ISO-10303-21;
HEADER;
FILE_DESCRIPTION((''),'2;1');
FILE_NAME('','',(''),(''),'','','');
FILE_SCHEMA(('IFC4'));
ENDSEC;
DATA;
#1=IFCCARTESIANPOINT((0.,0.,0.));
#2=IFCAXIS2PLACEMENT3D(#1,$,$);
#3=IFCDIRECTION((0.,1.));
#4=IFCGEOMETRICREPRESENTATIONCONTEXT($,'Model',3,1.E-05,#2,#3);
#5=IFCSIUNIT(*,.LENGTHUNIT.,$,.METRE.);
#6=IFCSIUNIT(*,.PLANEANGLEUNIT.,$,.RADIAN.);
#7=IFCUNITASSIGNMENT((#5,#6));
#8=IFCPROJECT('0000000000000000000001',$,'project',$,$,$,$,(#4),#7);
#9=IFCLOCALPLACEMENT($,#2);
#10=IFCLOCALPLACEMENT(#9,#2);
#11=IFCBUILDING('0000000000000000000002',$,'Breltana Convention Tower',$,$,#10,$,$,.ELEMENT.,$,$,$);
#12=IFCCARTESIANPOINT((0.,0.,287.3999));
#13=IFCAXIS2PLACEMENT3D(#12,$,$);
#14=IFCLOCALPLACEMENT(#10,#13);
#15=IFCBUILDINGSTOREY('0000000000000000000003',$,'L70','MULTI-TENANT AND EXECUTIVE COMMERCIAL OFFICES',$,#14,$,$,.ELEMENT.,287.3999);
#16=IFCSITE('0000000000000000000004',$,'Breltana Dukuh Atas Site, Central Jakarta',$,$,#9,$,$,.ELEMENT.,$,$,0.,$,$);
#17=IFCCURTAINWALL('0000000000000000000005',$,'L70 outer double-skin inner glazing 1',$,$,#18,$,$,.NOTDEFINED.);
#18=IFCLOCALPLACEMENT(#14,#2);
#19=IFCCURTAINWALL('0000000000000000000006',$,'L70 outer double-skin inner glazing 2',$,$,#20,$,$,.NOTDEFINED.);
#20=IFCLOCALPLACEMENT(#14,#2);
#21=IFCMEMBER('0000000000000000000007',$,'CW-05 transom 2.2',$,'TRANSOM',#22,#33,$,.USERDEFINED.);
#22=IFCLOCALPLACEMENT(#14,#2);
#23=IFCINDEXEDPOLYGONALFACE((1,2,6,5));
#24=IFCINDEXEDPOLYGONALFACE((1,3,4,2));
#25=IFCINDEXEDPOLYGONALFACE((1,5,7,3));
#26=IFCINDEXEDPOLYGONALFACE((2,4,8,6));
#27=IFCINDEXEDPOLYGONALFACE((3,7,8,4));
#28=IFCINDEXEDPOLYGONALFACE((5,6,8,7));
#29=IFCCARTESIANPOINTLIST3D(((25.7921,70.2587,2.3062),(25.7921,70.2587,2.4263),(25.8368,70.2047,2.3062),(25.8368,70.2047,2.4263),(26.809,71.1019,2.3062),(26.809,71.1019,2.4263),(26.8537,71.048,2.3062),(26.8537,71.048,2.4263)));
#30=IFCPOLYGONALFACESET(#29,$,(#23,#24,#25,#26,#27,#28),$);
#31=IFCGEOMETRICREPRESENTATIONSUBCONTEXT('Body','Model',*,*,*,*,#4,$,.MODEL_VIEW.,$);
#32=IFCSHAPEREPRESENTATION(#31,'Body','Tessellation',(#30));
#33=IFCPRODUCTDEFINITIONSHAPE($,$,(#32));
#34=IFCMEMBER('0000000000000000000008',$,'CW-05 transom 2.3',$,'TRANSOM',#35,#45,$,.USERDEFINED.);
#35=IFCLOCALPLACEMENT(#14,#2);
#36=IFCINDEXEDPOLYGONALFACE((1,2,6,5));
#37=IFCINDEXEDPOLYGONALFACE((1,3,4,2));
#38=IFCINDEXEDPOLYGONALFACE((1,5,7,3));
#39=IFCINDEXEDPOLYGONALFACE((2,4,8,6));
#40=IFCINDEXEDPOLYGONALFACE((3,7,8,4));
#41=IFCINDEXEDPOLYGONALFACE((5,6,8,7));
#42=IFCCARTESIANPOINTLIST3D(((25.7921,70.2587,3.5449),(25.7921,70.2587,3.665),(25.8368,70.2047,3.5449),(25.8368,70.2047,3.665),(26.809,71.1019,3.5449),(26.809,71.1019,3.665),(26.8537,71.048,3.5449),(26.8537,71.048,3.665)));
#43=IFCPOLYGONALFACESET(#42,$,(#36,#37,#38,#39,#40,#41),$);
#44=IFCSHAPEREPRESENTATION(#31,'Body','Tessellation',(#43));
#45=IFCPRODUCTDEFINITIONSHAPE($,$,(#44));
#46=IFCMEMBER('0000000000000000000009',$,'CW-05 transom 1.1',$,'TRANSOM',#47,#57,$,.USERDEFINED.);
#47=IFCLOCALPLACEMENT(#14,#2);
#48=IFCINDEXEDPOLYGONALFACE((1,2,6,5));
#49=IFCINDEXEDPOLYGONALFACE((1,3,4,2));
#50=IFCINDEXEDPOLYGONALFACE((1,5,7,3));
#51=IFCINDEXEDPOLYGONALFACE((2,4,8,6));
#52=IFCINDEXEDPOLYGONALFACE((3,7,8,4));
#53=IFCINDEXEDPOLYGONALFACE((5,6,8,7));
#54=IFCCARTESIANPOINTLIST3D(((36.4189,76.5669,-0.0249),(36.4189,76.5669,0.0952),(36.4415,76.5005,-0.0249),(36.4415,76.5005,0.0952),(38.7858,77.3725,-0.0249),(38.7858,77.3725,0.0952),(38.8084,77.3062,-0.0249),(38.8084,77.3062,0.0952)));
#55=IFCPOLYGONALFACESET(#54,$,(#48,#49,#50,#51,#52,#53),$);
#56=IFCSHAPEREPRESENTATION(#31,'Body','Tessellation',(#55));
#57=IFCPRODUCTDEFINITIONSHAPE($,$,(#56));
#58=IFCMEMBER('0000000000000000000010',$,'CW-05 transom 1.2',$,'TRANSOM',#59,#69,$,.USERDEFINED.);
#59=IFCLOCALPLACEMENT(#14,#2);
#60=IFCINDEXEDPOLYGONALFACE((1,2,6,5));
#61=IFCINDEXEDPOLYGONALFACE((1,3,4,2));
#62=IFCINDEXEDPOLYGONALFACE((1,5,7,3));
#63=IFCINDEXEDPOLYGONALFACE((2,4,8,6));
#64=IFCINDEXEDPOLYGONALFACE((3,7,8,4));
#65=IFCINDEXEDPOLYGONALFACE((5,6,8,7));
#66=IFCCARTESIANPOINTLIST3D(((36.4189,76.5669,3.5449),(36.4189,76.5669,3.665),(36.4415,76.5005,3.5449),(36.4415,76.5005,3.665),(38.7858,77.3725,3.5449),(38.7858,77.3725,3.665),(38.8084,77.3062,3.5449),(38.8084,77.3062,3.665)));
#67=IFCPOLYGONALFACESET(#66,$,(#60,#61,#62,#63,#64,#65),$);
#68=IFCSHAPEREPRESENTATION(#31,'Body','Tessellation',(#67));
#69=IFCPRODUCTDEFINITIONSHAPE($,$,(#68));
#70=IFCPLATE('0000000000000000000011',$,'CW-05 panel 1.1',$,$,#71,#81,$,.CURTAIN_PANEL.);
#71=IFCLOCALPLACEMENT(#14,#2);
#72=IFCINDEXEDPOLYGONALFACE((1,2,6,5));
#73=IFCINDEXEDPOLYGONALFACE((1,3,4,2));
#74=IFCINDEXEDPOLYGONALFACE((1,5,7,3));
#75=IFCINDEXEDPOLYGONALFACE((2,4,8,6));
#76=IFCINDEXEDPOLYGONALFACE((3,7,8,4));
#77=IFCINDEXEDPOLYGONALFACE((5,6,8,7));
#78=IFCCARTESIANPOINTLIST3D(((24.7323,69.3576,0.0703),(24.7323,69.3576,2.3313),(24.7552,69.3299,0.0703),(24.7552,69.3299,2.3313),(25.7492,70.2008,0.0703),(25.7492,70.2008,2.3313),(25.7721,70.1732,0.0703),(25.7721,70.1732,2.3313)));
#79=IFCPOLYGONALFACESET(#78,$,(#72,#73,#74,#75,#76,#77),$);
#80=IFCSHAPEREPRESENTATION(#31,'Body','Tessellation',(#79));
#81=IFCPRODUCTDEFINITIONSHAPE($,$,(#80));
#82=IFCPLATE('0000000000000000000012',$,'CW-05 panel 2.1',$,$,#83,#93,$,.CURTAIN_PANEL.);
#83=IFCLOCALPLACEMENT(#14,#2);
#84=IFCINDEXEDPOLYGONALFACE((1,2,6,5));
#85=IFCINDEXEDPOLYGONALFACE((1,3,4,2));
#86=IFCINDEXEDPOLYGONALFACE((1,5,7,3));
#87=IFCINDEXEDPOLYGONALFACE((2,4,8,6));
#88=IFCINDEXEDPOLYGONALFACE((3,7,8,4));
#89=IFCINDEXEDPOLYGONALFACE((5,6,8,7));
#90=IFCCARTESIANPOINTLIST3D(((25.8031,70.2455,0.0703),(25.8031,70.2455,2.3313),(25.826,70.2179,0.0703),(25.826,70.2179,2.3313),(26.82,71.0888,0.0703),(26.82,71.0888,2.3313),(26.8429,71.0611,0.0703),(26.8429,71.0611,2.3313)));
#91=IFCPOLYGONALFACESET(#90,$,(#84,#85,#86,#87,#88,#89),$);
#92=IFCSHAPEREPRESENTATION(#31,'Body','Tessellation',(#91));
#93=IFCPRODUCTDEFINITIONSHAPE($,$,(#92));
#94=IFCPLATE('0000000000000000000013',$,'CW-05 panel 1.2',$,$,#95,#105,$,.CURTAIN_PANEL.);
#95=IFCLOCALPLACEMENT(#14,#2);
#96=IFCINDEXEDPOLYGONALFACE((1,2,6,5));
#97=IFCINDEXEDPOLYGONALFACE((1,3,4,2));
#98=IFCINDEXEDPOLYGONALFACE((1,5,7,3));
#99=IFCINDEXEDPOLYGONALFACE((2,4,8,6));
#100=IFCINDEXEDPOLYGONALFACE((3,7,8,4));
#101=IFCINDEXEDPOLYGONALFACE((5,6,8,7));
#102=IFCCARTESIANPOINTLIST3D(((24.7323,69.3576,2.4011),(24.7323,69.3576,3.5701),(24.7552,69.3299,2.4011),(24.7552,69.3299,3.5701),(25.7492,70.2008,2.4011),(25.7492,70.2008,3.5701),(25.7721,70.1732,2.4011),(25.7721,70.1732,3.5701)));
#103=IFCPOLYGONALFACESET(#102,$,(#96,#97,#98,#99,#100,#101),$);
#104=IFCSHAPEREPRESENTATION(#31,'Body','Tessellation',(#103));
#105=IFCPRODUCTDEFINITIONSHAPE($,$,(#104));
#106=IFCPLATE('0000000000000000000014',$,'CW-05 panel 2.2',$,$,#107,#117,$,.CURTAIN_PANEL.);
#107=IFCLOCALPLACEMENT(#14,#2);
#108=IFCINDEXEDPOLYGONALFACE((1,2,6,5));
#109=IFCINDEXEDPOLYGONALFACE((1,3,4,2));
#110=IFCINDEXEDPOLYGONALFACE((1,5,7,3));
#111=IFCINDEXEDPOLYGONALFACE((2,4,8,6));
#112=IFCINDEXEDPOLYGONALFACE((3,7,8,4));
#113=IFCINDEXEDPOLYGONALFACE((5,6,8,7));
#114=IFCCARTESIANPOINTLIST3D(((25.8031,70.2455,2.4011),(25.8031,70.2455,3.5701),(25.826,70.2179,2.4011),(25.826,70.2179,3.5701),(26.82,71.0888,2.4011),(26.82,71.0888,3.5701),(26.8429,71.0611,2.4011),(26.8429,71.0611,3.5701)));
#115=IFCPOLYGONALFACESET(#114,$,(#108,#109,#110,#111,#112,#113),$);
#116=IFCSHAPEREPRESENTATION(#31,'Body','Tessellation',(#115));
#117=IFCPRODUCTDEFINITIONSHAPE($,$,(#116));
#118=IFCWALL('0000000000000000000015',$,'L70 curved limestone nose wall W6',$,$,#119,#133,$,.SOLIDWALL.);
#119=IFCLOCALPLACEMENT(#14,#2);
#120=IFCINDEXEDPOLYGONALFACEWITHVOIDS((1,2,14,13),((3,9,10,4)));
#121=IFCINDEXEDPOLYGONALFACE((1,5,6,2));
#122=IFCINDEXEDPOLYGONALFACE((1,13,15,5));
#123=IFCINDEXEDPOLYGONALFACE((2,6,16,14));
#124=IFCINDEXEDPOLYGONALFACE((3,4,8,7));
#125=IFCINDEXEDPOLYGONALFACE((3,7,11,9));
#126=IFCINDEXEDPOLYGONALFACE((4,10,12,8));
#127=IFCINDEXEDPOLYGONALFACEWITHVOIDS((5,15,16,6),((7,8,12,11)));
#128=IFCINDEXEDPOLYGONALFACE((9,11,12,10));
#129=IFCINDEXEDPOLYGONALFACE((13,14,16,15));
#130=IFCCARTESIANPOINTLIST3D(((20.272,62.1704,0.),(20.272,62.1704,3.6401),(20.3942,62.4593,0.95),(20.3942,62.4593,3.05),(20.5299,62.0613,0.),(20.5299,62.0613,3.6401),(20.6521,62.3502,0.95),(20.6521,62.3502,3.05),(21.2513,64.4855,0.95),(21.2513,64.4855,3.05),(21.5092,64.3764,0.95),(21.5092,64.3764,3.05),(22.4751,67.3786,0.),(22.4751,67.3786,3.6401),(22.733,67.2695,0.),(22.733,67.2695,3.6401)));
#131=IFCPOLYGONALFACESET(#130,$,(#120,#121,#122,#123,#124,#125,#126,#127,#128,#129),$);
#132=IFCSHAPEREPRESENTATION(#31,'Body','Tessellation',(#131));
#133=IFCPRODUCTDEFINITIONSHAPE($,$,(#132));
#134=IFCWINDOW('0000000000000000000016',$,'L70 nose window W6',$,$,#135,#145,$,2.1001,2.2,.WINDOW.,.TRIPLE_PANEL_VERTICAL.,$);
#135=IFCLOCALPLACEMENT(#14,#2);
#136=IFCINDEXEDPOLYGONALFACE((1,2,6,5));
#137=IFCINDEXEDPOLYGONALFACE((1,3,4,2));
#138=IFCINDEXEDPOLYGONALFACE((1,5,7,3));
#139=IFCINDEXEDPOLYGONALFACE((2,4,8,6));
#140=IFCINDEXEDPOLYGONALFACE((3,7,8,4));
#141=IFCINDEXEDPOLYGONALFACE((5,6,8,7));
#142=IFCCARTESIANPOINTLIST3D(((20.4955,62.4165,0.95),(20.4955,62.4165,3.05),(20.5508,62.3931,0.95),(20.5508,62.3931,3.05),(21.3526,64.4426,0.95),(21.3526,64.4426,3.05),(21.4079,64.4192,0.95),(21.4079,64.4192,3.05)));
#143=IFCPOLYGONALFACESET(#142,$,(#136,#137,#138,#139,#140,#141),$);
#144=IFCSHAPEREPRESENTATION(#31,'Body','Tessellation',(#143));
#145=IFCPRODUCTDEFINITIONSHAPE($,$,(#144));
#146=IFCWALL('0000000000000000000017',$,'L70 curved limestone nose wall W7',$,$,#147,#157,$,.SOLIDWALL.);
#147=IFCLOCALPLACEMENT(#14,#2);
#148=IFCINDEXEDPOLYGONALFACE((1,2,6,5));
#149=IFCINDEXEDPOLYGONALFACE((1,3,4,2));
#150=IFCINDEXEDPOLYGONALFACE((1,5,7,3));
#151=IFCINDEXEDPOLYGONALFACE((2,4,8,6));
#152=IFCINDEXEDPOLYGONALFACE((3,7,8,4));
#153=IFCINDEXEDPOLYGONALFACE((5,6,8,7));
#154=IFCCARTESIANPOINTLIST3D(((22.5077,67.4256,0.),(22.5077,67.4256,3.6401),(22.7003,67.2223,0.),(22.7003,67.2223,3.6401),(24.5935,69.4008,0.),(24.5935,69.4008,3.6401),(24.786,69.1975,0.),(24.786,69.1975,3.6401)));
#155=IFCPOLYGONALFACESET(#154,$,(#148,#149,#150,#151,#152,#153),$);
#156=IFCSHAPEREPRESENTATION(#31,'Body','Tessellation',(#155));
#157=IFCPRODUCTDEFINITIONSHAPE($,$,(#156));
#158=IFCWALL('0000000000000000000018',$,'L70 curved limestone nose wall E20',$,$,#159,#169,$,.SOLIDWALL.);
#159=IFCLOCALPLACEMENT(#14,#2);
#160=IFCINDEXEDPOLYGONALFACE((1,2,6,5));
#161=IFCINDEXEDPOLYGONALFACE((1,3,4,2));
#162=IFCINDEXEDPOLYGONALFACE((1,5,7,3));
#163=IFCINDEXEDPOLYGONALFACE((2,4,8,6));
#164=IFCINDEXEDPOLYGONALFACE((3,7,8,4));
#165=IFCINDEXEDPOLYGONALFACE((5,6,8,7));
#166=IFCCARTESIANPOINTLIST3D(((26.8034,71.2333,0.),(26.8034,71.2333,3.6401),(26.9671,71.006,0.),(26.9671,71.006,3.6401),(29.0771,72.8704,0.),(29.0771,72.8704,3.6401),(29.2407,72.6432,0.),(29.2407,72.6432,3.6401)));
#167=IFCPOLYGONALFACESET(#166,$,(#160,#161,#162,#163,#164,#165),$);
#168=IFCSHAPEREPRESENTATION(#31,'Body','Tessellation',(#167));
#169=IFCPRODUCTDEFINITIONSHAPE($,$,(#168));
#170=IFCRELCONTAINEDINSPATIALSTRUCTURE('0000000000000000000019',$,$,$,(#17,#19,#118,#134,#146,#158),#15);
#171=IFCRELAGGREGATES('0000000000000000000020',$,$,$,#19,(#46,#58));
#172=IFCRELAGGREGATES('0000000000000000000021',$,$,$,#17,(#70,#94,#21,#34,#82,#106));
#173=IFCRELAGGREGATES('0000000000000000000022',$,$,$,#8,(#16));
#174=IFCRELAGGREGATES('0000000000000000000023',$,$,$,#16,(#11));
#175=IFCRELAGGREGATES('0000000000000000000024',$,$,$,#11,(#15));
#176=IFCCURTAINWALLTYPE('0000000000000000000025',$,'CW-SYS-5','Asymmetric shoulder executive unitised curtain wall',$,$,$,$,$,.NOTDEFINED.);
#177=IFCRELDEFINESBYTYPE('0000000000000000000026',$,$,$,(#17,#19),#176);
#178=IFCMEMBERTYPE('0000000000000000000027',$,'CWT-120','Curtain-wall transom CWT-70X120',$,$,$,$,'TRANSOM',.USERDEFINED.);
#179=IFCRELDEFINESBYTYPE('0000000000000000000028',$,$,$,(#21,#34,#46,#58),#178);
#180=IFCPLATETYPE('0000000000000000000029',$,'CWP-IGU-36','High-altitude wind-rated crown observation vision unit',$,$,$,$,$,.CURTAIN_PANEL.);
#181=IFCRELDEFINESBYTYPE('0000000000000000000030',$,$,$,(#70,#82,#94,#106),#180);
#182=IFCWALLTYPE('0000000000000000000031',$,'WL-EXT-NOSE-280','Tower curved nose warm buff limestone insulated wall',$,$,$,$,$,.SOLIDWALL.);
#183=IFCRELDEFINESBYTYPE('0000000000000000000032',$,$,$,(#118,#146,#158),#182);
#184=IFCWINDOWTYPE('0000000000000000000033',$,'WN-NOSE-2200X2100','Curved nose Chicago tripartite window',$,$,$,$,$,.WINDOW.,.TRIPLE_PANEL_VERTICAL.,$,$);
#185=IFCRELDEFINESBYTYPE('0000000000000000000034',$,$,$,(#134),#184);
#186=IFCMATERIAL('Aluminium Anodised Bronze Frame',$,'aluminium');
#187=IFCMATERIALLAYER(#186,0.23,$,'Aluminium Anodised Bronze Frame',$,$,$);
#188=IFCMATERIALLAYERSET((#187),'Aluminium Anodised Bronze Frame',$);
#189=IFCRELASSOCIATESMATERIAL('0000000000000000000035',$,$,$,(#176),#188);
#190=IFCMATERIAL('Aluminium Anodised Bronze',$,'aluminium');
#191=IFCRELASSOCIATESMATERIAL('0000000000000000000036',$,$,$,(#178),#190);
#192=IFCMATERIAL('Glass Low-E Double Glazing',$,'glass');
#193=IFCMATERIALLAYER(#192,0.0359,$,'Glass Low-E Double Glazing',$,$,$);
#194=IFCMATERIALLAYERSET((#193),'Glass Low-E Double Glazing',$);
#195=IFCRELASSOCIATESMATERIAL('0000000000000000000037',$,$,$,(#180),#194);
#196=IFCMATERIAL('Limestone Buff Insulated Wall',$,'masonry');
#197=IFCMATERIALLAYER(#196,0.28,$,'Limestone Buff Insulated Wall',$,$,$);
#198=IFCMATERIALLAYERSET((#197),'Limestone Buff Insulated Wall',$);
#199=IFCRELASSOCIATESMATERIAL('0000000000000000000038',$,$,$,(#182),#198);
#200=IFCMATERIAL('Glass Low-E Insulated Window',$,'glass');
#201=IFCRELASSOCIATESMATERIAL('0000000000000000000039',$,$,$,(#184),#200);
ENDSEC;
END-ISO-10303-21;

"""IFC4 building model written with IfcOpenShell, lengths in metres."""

from ifc_helpers import new_model, si_unit, direction, frame, frame_2d, origin, origin_2d, place, context, subcontext, project, spatial, rectangle, extrude, source, transform, mapped, material, layer, layer_set, material_profile, profile_set, type_object, type_shapes, element, fill, aggregate, save


model = new_model("IFC4")

# Units and contexts
model_context = context("Model", 3, precision=1e-05, world=origin(), true_north=direction((0.0, 1.0)))
body_context = subcontext(model_context, "Body", "Model", "MODEL_VIEW")
ifc_project = project(units=[si_unit("LENGTHUNIT", "METRE"), si_unit("PLANEANGLEUNIT", "RADIAN")], contexts=[model_context])

# Site, building, storey
site_placement = place(None, origin())
site = spatial("IfcSite", under=ifc_project, at=site_placement, Name="Breltana Dukuh Atas Site, Central Jakarta", CompositionType="ELEMENT", RefElevation=0.0)
building_placement = place(site_placement, origin())
building = spatial("IfcBuilding", under=site, at=building_placement, Name="Breltana Convention Tower", CompositionType="ELEMENT")
storey_placement = place(building_placement, frame((0.0, 0.0, 287.3999)))
storey = spatial("IfcBuildingStorey", under=building, at=storey_placement, Name="L70", Description="MULTI-TENANT AND EXECUTIVE COMMERCIAL OFFICES", CompositionType="ELEMENT", Elevation=287.3999)

# Curtain wall
ifc_material_1 = material(Name="Aluminium Anodised Bronze Frame", Category="aluminium")
ifc_layer_1 = layer(ifc_material_1, 0.23, Name="Aluminium Anodised Bronze Frame")
ifc_layer_set_1 = layer_set([ifc_layer_1], Name="Aluminium Anodised Bronze Frame")
curtain_wall_type = type_object("IfcCurtainWallType", Name="CW-SYS-5", Description="Asymmetric shoulder executive unitised curtain wall", PredefinedType="NOTDEFINED", material=ifc_layer_set_1)
curtain_wall_1_placement = place(storey_placement, origin())
curtain_wall_1 = element("IfcCurtainWall", 1, at=curtain_wall_1_placement, inside=storey, type_object=curtain_wall_type, Name="L70 outer double-skin inner glazing 1", PredefinedType="NOTDEFINED")
ifc_material_2 = material(Name="Aluminium Anodised Bronze", Category="aluminium")

# Curtain wall
curtain_wall_2_placement = place(storey_placement, origin())
curtain_wall_2 = element("IfcCurtainWall", 2, at=curtain_wall_2_placement, inside=storey, type_object=curtain_wall_type, Name="L70 outer double-skin inner glazing 2", PredefinedType="NOTDEFINED")

# Members
ifc_material_profile_1 = material_profile(ifc_material_2, rectangle(XDim=0.0701, YDim=0.1201, at=origin_2d()), Name="CWT-70X120")
ifc_profile_set_1 = profile_set([ifc_material_profile_1], Name="Aluminium Anodised Bronze")
member_type_1 = type_object("IfcMemberType", Name="CWT-120", Description="Curtain-wall transom CWT-70X120", ElementType="TRANSOM", PredefinedType="USERDEFINED", material=ifc_profile_set_1)
shared_shape_1 = source(origin(), body_context, "Body", "SweptSolid", [
    extrude(rectangle(XDim=0.0701, YDim=0.1201, at=origin_2d()), origin(), (0.0, 0.0, 1.0), 1.321),
])
member_1_placement = place(storey_placement, frame((25.8145, 70.2317, 2.3662), z_axis=(0.769749, 0.638347, 0.0), x_axis=(-0.638347, 0.769749, 0.0)))
member_1 = element("IfcMember", 3, at=member_1_placement, type_object=member_type_1, Name="CW-05 transom 2.2", ObjectType="TRANSOM", PredefinedType="USERDEFINED", context=body_context, shape_type="MappedRepresentation", body=[
    mapped(shared_shape_1, transform((0.0, 0.0, 0.0), scale=1.0)),
])
member_2_placement = place(storey_placement, frame((25.8145, 70.2317, 3.605), z_axis=(0.769749, 0.638347, 0.0), x_axis=(-0.638347, 0.769749, 0.0)))
member_2 = element("IfcMember", 4, at=member_2_placement, type_object=member_type_1, Name="CW-05 transom 2.3", ObjectType="TRANSOM", PredefinedType="USERDEFINED", context=body_context, shape_type="MappedRepresentation", body=[
    mapped(shared_shape_1, transform((0.0, 0.0, 0.0), scale=1.0)),
])
shared_shape_2 = source(origin(), body_context, "Body", "SweptSolid", [
    extrude(rectangle(XDim=0.0701, YDim=0.1201, at=origin_2d()), origin(), (0.0, 0.0, 1.0), 2.5002),
])
member_3_placement = place(storey_placement, frame((36.4302, 76.5337, 0.0352), z_axis=(0.946663, 0.322227, 0.0), x_axis=(-0.322227, 0.946663, 0.0)))
member_3 = element("IfcMember", 5, at=member_3_placement, type_object=member_type_1, Name="CW-05 transom 1.1", ObjectType="TRANSOM", PredefinedType="USERDEFINED", context=body_context, shape_type="MappedRepresentation", body=[
    mapped(shared_shape_2, transform((0.0, 0.0, 0.0), scale=1.0)),
])
member_4_placement = place(storey_placement, frame((36.4302, 76.5337, 3.605), z_axis=(0.946663, 0.322227, 0.0), x_axis=(-0.322227, 0.946663, 0.0)))
member_4 = element("IfcMember", 6, at=member_4_placement, type_object=member_type_1, Name="CW-05 transom 1.2", ObjectType="TRANSOM", PredefinedType="USERDEFINED", context=body_context, shape_type="MappedRepresentation", body=[
    mapped(shared_shape_2, transform((0.0, 0.0, 0.0), scale=1.0)),
])
aggregate(curtain_wall_2, [member_3, member_4])

# Plates
ifc_material_3 = material(Name="Glass Low-E Double Glazing", Category="glass")
ifc_layer_2 = layer(ifc_material_3, 0.0359, Name="Glass Low-E Double Glazing")
ifc_layer_set_2 = layer_set([ifc_layer_2], Name="Glass Low-E Double Glazing")
plate_type = type_object("IfcPlateType", Name="CWP-IGU-36", Description="High-altitude wind-rated crown observation vision unit", PredefinedType="CURTAIN_PANEL", material=ifc_layer_set_2)
shared_shape_3 = source(origin(), body_context, "Body", "SweptSolid", [
    extrude(rectangle(XDim=1.321, YDim=0.0359, at=origin_2d()), origin(), (0.0, 0.0, 1.0), 2.261),
])
plate_1_placement = place(storey_placement, frame((25.2522, 69.7654, 0.0703), z_axis=(0.0, 0.0, 1.0), x_axis=(0.769771, 0.63832, 0.0)))
plate_1 = element("IfcPlate", 7, at=plate_1_placement, type_object=plate_type, Name="CW-05 panel 1.1", PredefinedType="CURTAIN_PANEL", context=body_context, shape_type="MappedRepresentation", body=[
    mapped(shared_shape_3, transform((0.0, 0.0, 0.0), scale=1.0)),
])
plate_2_placement = place(storey_placement, frame((26.323, 70.6533, 0.0703), z_axis=(0.0, 0.0, 1.0), x_axis=(0.769771, 0.63832, 0.0)))
plate_2 = element("IfcPlate", 8, at=plate_2_placement, type_object=plate_type, Name="CW-05 panel 2.1", PredefinedType="CURTAIN_PANEL", context=body_context, shape_type="MappedRepresentation", body=[
    mapped(shared_shape_3, transform((0.0, 0.0, 0.0), scale=1.0)),
])
shared_shape_4 = source(origin(), body_context, "Body", "SweptSolid", [
    extrude(rectangle(XDim=1.321, YDim=0.0359, at=origin_2d()), origin(), (0.0, 0.0, 1.0), 1.1689),
])
plate_3_placement = place(storey_placement, frame((25.2522, 69.7654, 2.4011), z_axis=(0.0, 0.0, 1.0), x_axis=(0.769771, 0.63832, 0.0)))
plate_3 = element("IfcPlate", 9, at=plate_3_placement, type_object=plate_type, Name="CW-05 panel 1.2", PredefinedType="CURTAIN_PANEL", context=body_context, shape_type="MappedRepresentation", body=[
    mapped(shared_shape_4, transform((0.0, 0.0, 0.0), scale=1.0)),
])
plate_4_placement = place(storey_placement, frame((26.323, 70.6533, 2.4011), z_axis=(0.0, 0.0, 1.0), x_axis=(0.769771, 0.63832, 0.0)))
plate_4 = element("IfcPlate", 10, at=plate_4_placement, type_object=plate_type, Name="CW-05 panel 2.2", PredefinedType="CURTAIN_PANEL", context=body_context, shape_type="MappedRepresentation", body=[
    mapped(shared_shape_4, transform((0.0, 0.0, 0.0), scale=1.0)),
])
aggregate(curtain_wall_1, [plate_1, plate_3, member_1, member_2, plate_2, plate_4])

# Wall, opening, window
ifc_material_4 = material(Name="Limestone Buff Insulated Wall", Category="masonry")
ifc_layer_3 = layer(ifc_material_4, 0.28, Name="Limestone Buff Insulated Wall")
ifc_layer_set_3 = layer_set([ifc_layer_3], Name="Limestone Buff Insulated Wall")
wall_type_1 = type_object("IfcWallType", Name="WL-EXT-NOSE-280", Description="Tower curved nose warm buff limestone insulated wall", PredefinedType="SOLIDWALL", material=ifc_layer_set_3)
shared_shape_5 = source(origin(), body_context, "Body", "SweptSolid", [
    extrude(rectangle(XDim=5.655, YDim=0.28, at=frame_2d((2.8276, 0.0))), origin(), (0.0, 0.0, 1.0), 3.6401),
])
wall_1_placement = place(storey_placement, frame((20.4009, 62.1157, 0.0), z_axis=(0.0, 0.0, 1.0), x_axis=(0.389585, 0.92099, 0.0)))
wall_1 = element("IfcWall", 11, at=wall_1_placement, inside=storey, type_object=wall_type_1, Name="L70 curved limestone nose wall W6", PredefinedType="SOLIDWALL", context=body_context, shape_type="MappedRepresentation", body=[
    mapped(shared_shape_5, transform((0.0, 0.0, 0.0), scale=1.0)),
])
opening_placement = place(wall_1_placement, frame((0.3137, 0.0, 0.95)))
opening = element("IfcOpeningElement", 12, at=opening_placement, cuts=wall_1, PredefinedType="OPENING", context=body_context, shape_type="SweptSolid", body=[
    extrude(rectangle(XDim=2.2, YDim=2.1001, at=frame_2d((1.1001, 1.05))), frame((0.0, 0.1499, 0.0), z_axis=(0.0, -1.0, 0.0), x_axis=(1.0, 0.0, 0.0)), (0.0, 0.0, 1.0), 0.3),
])
ifc_material_5 = material(Name="Glass Low-E Insulated Window", Category="glass")
window_type = type_object("IfcWindowType", Name="WN-NOSE-2200X2100", Description="Curved nose Chicago tripartite window", PartitioningType="TRIPLE_PANEL_VERTICAL", PredefinedType="WINDOW", material=ifc_material_5)
shared_shape_6 = source(origin(), body_context, "Body", "SweptSolid", [
    extrude(rectangle(XDim=2.2, YDim=2.1001, at=frame_2d((1.1001, 1.05))), frame((0.0, 0.03, 0.0), z_axis=(0.0, -1.0, 0.0), x_axis=(1.0, 0.0, 0.0)), (0.0, 0.0, 1.0), 0.0601),
])
type_shapes(window_type, [shared_shape_6])
window_placement = place(opening_placement, origin())
window = element("IfcWindow", 13, at=window_placement, inside=storey, type_object=window_type, Name="L70 nose window W6", OverallHeight=2.1001, OverallWidth=2.2, PartitioningType="TRIPLE_PANEL_VERTICAL", PredefinedType="WINDOW", context=body_context, shape_type="MappedRepresentation", body=[
    mapped(shared_shape_6, transform((0.0, 0.0, 0.0), scale=1.0)),
])
fill(opening, window)

# Walls
shared_shape_7 = source(origin(), body_context, "Body", "SweptSolid", [
    extrude(rectangle(XDim=2.8726, YDim=0.28, at=frame_2d((1.4363, 0.0))), origin(), (0.0, 0.0, 1.0), 3.6401),
])
wall_2_placement = place(storey_placement, frame((22.604, 67.324, 0.0), z_axis=(0.0, 0.0, 1.0), x_axis=(0.726096, 0.687594, 0.0)))
element("IfcWall", 14, at=wall_2_placement, inside=storey, type_object=wall_type_1, Name="L70 curved limestone nose wall W7", PredefinedType="SOLIDWALL", context=body_context, shape_type="MappedRepresentation", body=[
    mapped(shared_shape_7, transform((0.0, 0.0, 0.0), scale=1.0)),
])
shared_shape_8 = source(origin(), body_context, "Body", "SweptSolid", [
    extrude(rectangle(XDim=2.8018, YDim=0.28, at=frame_2d((1.4009, 0.0))), origin(), (0.0, 0.0, 1.0), 3.6401),
])
wall_3_placement = place(storey_placement, frame((26.8853, 71.1196, 0.0), z_axis=(0.0, 0.0, 1.0), x_axis=(0.811508, 0.584341, 0.0)))
element("IfcWall", 15, at=wall_3_placement, inside=storey, type_object=wall_type_1, Name="L70 curved limestone nose wall E20", PredefinedType="SOLIDWALL", context=body_context, shape_type="MappedRepresentation", body=[
    mapped(shared_shape_8, transform((0.0, 0.0, 0.0), scale=1.0)),
])

save(model, "model.ifc")
